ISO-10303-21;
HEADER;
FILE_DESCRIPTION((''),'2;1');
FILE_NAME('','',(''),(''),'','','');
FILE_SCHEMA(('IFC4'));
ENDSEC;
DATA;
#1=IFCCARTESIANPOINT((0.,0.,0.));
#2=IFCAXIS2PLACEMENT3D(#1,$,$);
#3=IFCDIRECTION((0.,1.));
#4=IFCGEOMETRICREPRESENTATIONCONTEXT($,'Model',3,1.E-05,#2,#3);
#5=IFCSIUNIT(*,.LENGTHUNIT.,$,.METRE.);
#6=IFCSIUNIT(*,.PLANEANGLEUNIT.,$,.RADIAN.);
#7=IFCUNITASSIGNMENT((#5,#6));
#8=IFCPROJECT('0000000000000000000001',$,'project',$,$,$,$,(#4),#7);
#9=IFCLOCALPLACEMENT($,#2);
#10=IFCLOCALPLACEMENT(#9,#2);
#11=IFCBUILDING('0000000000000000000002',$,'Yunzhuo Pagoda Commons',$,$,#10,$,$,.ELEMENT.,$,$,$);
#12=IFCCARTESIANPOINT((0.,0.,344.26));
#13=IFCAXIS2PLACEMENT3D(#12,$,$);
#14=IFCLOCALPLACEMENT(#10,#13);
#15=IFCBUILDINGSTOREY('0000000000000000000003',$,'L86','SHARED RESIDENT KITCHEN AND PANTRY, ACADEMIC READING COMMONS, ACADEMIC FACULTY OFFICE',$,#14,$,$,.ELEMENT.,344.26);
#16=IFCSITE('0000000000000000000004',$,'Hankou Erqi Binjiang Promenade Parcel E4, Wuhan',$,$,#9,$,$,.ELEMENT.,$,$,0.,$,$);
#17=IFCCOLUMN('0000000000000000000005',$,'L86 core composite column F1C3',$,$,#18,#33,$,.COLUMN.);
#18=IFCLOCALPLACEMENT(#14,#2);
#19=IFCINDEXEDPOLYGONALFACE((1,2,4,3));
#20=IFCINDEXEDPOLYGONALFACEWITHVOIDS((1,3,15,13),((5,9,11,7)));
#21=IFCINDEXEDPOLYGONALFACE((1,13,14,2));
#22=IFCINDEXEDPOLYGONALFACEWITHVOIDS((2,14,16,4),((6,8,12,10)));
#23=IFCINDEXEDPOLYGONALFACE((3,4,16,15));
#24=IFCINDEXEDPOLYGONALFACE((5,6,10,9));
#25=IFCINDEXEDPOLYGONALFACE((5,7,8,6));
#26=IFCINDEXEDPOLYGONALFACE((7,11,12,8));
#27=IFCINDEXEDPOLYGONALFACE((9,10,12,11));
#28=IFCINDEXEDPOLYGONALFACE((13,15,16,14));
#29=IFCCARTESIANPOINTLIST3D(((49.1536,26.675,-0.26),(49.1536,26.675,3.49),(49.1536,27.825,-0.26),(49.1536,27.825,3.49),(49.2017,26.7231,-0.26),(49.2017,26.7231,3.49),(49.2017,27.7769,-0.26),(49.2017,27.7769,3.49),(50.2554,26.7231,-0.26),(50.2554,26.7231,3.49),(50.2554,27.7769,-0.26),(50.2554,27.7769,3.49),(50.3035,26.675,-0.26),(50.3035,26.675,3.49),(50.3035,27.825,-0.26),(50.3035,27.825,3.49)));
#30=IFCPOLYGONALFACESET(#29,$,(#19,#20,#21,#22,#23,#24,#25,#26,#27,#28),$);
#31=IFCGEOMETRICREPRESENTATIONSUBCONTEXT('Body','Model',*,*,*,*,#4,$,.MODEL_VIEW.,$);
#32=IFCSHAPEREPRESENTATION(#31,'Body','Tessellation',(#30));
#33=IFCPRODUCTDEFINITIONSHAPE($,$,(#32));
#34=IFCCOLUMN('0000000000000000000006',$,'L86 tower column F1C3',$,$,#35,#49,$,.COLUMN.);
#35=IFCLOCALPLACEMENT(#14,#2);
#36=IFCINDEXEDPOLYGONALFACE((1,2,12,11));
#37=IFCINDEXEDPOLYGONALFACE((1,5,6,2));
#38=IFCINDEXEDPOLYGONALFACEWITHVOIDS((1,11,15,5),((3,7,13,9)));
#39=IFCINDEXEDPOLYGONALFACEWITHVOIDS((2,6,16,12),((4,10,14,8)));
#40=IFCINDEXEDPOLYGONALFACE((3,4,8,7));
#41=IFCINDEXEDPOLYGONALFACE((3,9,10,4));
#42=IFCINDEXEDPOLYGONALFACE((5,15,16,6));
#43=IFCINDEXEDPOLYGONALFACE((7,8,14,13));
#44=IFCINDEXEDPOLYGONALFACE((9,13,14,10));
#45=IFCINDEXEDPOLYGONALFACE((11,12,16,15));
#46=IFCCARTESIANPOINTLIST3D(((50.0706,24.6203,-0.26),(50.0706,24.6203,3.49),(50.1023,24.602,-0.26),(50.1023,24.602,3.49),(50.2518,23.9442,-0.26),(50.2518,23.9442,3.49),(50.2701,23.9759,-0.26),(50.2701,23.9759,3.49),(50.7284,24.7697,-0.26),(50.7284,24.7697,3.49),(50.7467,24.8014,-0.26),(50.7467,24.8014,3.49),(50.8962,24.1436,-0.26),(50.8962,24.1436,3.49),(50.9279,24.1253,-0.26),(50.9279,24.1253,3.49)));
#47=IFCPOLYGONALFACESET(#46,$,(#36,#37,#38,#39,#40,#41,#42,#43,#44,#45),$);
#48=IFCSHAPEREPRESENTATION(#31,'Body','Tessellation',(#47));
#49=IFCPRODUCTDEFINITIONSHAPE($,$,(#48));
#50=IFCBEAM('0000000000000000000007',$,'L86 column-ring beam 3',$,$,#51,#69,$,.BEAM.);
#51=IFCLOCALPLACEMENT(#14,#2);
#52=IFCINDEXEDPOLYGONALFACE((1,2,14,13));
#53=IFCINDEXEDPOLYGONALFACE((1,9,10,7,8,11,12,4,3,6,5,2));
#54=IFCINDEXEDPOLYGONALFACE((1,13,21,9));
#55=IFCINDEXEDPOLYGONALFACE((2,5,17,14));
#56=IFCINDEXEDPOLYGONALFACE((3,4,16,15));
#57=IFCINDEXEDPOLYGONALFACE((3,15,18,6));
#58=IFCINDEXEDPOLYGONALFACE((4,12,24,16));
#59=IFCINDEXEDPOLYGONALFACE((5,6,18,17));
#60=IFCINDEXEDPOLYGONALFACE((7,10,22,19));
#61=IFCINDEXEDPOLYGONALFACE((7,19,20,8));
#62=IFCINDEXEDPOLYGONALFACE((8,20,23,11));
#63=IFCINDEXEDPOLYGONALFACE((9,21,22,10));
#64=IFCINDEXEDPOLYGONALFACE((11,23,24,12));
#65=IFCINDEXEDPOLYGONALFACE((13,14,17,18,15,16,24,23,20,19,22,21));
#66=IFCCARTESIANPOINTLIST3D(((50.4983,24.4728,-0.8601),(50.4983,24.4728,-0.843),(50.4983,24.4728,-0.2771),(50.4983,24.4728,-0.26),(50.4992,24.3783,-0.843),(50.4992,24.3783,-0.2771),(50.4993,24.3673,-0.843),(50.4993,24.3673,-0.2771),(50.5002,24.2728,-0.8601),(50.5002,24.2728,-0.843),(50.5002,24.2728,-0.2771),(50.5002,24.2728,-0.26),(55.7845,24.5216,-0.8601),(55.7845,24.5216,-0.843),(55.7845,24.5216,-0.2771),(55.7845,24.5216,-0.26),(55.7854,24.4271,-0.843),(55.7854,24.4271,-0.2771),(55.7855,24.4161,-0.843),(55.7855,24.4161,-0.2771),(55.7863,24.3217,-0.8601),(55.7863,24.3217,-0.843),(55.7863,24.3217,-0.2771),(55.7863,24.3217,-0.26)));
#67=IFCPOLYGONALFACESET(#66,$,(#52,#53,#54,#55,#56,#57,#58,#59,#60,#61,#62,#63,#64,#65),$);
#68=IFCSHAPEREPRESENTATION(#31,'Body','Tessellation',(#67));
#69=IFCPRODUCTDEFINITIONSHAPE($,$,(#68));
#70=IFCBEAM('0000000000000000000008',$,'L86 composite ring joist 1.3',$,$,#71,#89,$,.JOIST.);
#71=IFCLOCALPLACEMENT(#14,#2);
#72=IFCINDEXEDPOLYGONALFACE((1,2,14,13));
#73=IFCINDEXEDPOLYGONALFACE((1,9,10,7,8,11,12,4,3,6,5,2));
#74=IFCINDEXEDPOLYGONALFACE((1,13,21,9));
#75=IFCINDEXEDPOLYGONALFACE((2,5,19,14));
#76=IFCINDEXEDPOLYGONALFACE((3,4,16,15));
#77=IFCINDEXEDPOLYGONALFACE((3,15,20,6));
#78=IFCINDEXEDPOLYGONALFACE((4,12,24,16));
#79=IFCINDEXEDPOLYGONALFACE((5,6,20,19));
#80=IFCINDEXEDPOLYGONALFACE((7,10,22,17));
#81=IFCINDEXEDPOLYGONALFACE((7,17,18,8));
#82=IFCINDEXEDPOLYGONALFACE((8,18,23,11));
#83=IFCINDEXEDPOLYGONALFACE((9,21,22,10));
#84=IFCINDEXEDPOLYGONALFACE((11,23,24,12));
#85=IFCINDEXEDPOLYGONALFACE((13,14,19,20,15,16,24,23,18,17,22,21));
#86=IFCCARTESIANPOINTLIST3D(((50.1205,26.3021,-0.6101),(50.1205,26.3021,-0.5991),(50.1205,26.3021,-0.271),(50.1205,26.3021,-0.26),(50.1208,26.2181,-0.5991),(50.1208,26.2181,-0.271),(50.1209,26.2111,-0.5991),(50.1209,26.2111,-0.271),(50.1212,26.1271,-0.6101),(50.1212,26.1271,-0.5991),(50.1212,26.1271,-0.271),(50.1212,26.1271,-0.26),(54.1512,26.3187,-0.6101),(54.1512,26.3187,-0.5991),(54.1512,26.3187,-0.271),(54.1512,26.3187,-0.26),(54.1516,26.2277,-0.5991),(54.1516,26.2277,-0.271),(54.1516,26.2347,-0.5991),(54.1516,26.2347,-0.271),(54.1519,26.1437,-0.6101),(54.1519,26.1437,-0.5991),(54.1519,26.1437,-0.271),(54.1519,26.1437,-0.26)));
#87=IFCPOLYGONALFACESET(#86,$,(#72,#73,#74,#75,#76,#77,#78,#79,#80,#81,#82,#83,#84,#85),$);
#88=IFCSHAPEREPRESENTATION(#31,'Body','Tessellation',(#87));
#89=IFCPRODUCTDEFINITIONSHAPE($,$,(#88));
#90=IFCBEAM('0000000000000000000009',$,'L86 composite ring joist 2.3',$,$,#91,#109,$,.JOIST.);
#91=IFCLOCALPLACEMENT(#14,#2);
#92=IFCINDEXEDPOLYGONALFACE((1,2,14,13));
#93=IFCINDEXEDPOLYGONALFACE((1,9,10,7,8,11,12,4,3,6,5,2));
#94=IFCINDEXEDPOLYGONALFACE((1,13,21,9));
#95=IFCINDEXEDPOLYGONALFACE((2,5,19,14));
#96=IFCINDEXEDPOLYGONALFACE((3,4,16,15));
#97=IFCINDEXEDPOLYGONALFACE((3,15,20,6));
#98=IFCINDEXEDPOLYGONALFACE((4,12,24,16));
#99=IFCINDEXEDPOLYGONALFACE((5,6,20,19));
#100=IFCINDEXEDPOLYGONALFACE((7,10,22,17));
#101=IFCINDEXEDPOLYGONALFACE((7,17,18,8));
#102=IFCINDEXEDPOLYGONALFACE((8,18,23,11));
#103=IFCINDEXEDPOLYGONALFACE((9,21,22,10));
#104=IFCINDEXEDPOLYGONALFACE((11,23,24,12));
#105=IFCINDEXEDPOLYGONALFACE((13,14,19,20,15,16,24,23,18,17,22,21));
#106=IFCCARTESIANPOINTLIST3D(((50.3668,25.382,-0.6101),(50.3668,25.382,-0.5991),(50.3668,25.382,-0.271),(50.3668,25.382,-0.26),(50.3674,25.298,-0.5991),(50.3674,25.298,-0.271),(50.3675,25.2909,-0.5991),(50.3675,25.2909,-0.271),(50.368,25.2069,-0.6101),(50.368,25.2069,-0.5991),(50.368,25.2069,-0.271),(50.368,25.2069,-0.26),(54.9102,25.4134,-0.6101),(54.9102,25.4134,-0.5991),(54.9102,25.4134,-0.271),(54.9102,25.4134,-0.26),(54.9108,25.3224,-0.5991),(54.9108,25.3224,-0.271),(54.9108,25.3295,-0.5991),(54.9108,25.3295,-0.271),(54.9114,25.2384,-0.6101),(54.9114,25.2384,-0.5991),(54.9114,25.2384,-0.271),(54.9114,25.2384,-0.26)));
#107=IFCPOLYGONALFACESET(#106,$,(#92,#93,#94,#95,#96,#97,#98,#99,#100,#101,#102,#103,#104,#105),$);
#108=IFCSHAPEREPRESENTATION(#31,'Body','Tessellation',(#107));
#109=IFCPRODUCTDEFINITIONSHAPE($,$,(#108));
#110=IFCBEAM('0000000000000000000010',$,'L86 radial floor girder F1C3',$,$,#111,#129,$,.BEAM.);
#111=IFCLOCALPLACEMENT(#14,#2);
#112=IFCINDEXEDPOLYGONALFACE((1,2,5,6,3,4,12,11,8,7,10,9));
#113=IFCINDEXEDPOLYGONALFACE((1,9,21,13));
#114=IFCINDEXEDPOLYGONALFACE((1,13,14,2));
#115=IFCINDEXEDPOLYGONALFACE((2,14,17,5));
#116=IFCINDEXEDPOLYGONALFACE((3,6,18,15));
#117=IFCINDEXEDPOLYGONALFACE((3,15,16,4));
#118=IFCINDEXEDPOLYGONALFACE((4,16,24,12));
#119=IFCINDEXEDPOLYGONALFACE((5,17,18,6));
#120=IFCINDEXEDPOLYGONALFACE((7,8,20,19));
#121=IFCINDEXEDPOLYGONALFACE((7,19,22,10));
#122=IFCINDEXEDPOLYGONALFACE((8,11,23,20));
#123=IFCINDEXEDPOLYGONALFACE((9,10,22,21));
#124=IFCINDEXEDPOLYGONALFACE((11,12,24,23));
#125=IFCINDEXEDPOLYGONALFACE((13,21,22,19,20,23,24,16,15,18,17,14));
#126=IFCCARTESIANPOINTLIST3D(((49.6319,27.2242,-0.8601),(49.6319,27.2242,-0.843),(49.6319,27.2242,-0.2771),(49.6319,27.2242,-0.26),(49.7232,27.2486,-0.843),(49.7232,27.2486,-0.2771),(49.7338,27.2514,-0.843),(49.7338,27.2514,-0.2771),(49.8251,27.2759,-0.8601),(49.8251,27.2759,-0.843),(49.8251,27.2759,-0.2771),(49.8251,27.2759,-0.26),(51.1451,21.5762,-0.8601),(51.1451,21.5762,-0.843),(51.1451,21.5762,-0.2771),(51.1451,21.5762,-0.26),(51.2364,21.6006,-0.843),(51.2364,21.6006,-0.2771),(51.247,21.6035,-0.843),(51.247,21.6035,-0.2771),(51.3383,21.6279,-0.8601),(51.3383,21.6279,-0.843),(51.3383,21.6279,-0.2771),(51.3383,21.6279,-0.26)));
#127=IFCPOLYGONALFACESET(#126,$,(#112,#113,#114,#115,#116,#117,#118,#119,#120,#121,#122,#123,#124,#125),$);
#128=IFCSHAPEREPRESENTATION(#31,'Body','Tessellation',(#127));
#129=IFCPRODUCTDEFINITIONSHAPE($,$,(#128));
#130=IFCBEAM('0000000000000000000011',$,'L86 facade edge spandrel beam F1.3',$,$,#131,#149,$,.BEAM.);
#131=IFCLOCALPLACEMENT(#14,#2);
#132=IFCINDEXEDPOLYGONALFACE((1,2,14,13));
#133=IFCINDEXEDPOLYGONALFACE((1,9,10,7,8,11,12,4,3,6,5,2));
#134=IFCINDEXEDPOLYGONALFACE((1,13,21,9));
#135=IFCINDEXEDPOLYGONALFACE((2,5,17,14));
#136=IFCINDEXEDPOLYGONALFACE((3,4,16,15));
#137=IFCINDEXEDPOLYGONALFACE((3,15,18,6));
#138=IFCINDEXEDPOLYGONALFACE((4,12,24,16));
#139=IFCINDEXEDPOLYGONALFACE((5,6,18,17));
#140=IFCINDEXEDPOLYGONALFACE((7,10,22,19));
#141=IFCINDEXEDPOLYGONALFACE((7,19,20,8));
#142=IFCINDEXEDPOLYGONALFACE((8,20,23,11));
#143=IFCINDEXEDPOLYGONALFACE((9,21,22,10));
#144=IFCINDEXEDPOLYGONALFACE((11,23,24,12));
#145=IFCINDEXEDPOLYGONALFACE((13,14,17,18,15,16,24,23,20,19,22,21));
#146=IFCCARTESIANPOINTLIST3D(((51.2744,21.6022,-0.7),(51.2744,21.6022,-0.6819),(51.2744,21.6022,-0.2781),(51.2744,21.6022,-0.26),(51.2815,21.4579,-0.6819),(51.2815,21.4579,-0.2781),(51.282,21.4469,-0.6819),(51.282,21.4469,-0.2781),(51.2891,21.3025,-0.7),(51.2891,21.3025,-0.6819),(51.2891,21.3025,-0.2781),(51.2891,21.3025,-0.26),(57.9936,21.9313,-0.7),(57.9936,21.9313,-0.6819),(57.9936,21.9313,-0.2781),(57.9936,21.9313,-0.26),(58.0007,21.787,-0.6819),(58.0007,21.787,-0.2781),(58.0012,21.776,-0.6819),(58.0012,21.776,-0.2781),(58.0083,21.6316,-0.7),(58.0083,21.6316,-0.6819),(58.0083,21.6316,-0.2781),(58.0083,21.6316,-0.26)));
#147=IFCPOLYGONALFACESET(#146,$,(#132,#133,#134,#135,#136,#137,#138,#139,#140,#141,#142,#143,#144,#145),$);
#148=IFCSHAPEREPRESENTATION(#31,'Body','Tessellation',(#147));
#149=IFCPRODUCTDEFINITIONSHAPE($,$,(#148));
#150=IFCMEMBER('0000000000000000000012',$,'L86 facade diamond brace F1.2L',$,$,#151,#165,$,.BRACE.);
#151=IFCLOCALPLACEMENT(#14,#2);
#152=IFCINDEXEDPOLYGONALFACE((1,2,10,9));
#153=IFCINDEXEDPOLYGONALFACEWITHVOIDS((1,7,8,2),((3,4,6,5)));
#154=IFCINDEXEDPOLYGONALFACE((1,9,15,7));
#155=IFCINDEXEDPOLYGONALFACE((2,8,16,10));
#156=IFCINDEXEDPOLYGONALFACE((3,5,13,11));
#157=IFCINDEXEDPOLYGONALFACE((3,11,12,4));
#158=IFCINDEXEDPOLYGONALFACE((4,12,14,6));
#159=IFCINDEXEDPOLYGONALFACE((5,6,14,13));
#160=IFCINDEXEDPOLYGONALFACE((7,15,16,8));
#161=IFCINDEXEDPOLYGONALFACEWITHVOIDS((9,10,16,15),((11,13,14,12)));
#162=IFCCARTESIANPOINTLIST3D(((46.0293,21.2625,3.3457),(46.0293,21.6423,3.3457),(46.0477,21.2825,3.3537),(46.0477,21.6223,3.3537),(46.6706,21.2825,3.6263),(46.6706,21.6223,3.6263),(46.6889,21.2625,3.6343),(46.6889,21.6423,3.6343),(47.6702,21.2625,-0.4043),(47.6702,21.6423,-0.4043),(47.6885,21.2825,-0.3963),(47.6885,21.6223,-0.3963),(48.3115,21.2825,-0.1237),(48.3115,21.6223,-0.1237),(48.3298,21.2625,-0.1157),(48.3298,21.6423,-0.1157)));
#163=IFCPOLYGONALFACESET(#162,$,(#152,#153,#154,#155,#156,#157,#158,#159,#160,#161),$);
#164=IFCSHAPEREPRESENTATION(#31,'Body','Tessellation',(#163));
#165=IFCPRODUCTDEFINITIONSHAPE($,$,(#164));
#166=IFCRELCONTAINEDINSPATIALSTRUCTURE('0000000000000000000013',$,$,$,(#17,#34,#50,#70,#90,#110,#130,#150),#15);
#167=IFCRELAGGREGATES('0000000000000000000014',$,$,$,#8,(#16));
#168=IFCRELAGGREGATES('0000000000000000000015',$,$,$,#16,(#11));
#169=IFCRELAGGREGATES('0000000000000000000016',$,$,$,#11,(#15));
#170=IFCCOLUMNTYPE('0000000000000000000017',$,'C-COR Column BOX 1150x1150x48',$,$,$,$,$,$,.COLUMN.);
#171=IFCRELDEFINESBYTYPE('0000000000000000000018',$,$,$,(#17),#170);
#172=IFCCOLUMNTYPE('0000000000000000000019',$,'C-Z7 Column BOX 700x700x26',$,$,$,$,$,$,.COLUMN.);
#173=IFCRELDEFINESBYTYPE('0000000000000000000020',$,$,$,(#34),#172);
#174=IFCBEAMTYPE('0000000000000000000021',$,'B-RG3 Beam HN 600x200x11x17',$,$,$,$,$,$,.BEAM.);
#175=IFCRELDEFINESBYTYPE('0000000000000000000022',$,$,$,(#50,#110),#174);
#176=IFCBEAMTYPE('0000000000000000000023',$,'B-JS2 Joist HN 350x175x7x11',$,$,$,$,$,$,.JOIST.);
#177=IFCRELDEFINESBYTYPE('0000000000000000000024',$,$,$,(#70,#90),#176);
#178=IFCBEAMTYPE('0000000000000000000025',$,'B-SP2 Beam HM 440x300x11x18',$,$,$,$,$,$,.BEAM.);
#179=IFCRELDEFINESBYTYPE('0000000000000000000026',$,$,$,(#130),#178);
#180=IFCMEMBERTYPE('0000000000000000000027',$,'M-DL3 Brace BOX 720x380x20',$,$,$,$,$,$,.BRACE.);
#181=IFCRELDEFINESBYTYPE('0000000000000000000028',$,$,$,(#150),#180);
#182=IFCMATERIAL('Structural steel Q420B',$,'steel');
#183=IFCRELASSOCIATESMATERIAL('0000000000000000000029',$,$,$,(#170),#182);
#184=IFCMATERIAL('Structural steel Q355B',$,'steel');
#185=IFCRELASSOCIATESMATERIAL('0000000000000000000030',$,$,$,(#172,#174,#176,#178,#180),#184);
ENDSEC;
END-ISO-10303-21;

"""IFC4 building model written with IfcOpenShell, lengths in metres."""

from ifc_helpers import new_model, si_unit, direction, frame, origin, origin_2d, place, context, subcontext, project, spatial, hollow_rectangle, i_section, extrude, source, transform, mapped, material, material_profile, profile_set, type_object, element, save


model = new_model("IFC4")

# Units and contexts
model_context = context("Model", 3, precision=1e-05, world=origin(), true_north=direction((0.0, 1.0)))
body_context = subcontext(model_context, "Body", "Model", "MODEL_VIEW")
ifc_project = project(units=[si_unit("LENGTHUNIT", "METRE"), si_unit("PLANEANGLEUNIT", "RADIAN")], contexts=[model_context])

# Site, building, storey
site_placement = place(None, origin())
site = spatial("IfcSite", under=ifc_project, at=site_placement, Name="Hankou Erqi Binjiang Promenade Parcel E4, Wuhan", CompositionType="ELEMENT", RefElevation=0.0)
building_placement = place(site_placement, origin())
building = spatial("IfcBuilding", under=site, at=building_placement, Name="Yunzhuo Pagoda Commons", CompositionType="ELEMENT")
storey_placement = place(building_placement, frame((0.0, 0.0, 344.26)))
storey = spatial("IfcBuildingStorey", under=building, at=storey_placement, Name="L86", Description="SHARED RESIDENT KITCHEN AND PANTRY, ACADEMIC READING COMMONS, ACADEMIC FACULTY OFFICE", CompositionType="ELEMENT", Elevation=344.26)

# Columns
ifc_material_1 = material(Name="Structural steel Q420B", Category="steel")
ifc_material_profile_1 = material_profile(ifc_material_1, hollow_rectangle(XDim=1.1499, YDim=1.1499, WallThickness=0.0481, at=origin_2d()), Name="Structural steel Q420B")
ifc_profile_set_1 = profile_set([ifc_material_profile_1], Name="Structural steel Q420B")
column_type_1 = type_object("IfcColumnType", Name="C-COR Column BOX 1150x1150x48", PredefinedType="COLUMN", material=ifc_profile_set_1)
shared_shape_1 = source(origin(), body_context, "Body", "SweptSolid", [
    extrude(hollow_rectangle(XDim=1.1499, YDim=1.1499, WallThickness=0.0481, at=origin_2d()), origin(), (0.0, 0.0, 1.0), 3.75),
])
column_1_placement = place(storey_placement, frame((49.7285, 27.25, -0.26), z_axis=(0.0, 0.0, 1.0), x_axis=(1.0, 0.0, 0.0)))
element("IfcColumn", 1, at=column_1_placement, inside=storey, type_object=column_type_1, Name="L86 core composite column F1C3", PredefinedType="COLUMN", context=body_context, shape_type="MappedRepresentation", body=[
    mapped(shared_shape_1, transform((0.0, 0.0, 0.0), scale=1.0)),
])
ifc_material_2 = material(Name="Structural steel Q355B", Category="steel")
ifc_material_profile_2 = material_profile(ifc_material_2, hollow_rectangle(XDim=0.7, YDim=0.7, WallThickness=0.0259, at=origin_2d()), Name="Structural steel Q355B")
ifc_profile_set_2 = profile_set([ifc_material_profile_2], Name="Structural steel Q355B")
column_type_2 = type_object("IfcColumnType", Name="C-Z7 Column BOX 700x700x26", PredefinedType="COLUMN", material=ifc_profile_set_2)
shared_shape_2 = source(origin(), body_context, "Body", "SweptSolid", [
    extrude(hollow_rectangle(XDim=0.7, YDim=0.7, WallThickness=0.0259, at=origin_2d()), origin(), (0.0, 0.0, 1.0), 3.75),
])
column_2_placement = place(storey_placement, frame((50.4993, 24.3728, -0.26), z_axis=(0.0, 0.0, 1.0), x_axis=(0.965926, 0.258819, 0.0)))
element("IfcColumn", 2, at=column_2_placement, inside=storey, type_object=column_type_2, Name="L86 tower column F1C3", PredefinedType="COLUMN", context=body_context, shape_type="MappedRepresentation", body=[
    mapped(shared_shape_2, transform((0.0, 0.0, 0.0), scale=1.0)),
])

# Beams
ifc_material_profile_3 = material_profile(ifc_material_2, i_section(OverallWidth=0.2, OverallDepth=0.6001, WebThickness=0.011, FlangeThickness=0.0171, at=origin_2d()), Name="Structural steel Q355B")
ifc_profile_set_3 = profile_set([ifc_material_profile_3], Name="Structural steel Q355B")
beam_type_1 = type_object("IfcBeamType", Name="B-RG3 Beam HN 600x200x11x17", PredefinedType="BEAM", material=ifc_profile_set_3)
shared_shape_3 = source(origin(), body_context, "Body", "SweptSolid", [
    extrude(i_section(OverallWidth=0.2, OverallDepth=0.6001, WebThickness=0.011, FlangeThickness=0.0171, at=origin_2d()), origin(), (0.0, 0.0, 1.0), 5.2864),
])
beam_1_placement = place(storey_placement, frame((50.4993, 24.3728, -0.5601), z_axis=(0.999957, 0.009237, 0.0), x_axis=(-0.009237, 0.999957, 0.0)))
element("IfcBeam", 3, at=beam_1_placement, inside=storey, type_object=beam_type_1, Name="L86 column-ring beam 3", PredefinedType="BEAM", context=body_context, shape_type="MappedRepresentation", body=[
    mapped(shared_shape_3, transform((0.0, 0.0, 0.0), scale=1.0)),
])
ifc_material_profile_4 = material_profile(ifc_material_2, i_section(OverallWidth=0.175, OverallDepth=0.3501, WebThickness=0.0071, FlangeThickness=0.011, at=origin_2d()), Name="Structural steel Q355B")
ifc_profile_set_4 = profile_set([ifc_material_profile_4], Name="Structural steel Q355B")
beam_type_2 = type_object("IfcBeamType", Name="B-JS2 Joist HN 350x175x7x11", PredefinedType="JOIST", material=ifc_profile_set_4)
shared_shape_4 = source(origin(), body_context, "Body", "SweptSolid", [
    extrude(i_section(OverallWidth=0.175, OverallDepth=0.3501, WebThickness=0.0071, FlangeThickness=0.011, at=origin_2d()), origin(), (0.0, 0.0, 1.0), 4.0308),
])
beam_2_placement = place(storey_placement, frame((50.1208, 26.2146, -0.4351), z_axis=(0.999992, 0.004119, 0.0), x_axis=(-0.004119, 0.999992, 0.0)))
element("IfcBeam", 4, at=beam_2_placement, inside=storey, type_object=beam_type_2, Name="L86 composite ring joist 1.3", PredefinedType="JOIST", context=body_context, shape_type="MappedRepresentation", body=[
    mapped(shared_shape_4, transform((0.0, 0.0, 0.0), scale=1.0)),
])
shared_shape_5 = source(origin(), body_context, "Body", "SweptSolid", [
    extrude(i_section(OverallWidth=0.175, OverallDepth=0.3501, WebThickness=0.0071, FlangeThickness=0.011, at=origin_2d()), origin(), (0.0, 0.0, 1.0), 4.5435),
])
beam_3_placement = place(storey_placement, frame((50.3674, 25.2944, -0.4351), z_axis=(0.999976, 0.006932, 0.0), x_axis=(-0.006932, 0.999976, 0.0)))
element("IfcBeam", 5, at=beam_3_placement, inside=storey, type_object=beam_type_2, Name="L86 composite ring joist 2.3", PredefinedType="JOIST", context=body_context, shape_type="MappedRepresentation", body=[
    mapped(shared_shape_5, transform((0.0, 0.0, 0.0), scale=1.0)),
])
shared_shape_6 = source(origin(), body_context, "Body", "SweptSolid", [
    extrude(i_section(OverallWidth=0.2, OverallDepth=0.6001, WebThickness=0.011, FlangeThickness=0.0171, at=origin_2d()), origin(), (0.0, 0.0, 1.0), 5.8472),
])
beam_4_placement = place(storey_placement, frame((51.2417, 21.6021, -0.5601), z_axis=(-0.25879, 0.965934, 0.0), x_axis=(-0.965934, -0.25879, 0.0)))
element("IfcBeam", 6, at=beam_4_placement, inside=storey, type_object=beam_type_1, Name="L86 radial floor girder F1C3", PredefinedType="BEAM", context=body_context, shape_type="MappedRepresentation", body=[
    mapped(shared_shape_6, transform((0.0, 0.0, 0.0), scale=1.0)),
])
ifc_material_profile_5 = material_profile(ifc_material_2, i_section(OverallWidth=0.3, OverallDepth=0.4399, WebThickness=0.011, FlangeThickness=0.0181, at=origin_2d()), Name="Structural steel Q355B")
ifc_profile_set_5 = profile_set([ifc_material_profile_5], Name="Structural steel Q355B")
beam_type_3 = type_object("IfcBeamType", Name="B-SP2 Beam HM 440x300x11x18", PredefinedType="BEAM", material=ifc_profile_set_5)
shared_shape_7 = source(origin(), body_context, "Body", "SweptSolid", [
    extrude(i_section(OverallWidth=0.3, OverallDepth=0.4399, WebThickness=0.011, FlangeThickness=0.0181, at=origin_2d()), origin(), (0.0, 0.0, 1.0), 6.7273),
])
beam_5_placement = place(storey_placement, frame((51.2817, 21.4524, -0.48), z_axis=(0.998803, 0.04892, 0.0), x_axis=(-0.04892, 0.998803, 0.0)))
element("IfcBeam", 7, at=beam_5_placement, inside=storey, type_object=beam_type_3, Name="L86 facade edge spandrel beam F1.3", PredefinedType="BEAM", context=body_context, shape_type="MappedRepresentation", body=[
    mapped(shared_shape_7, transform((0.0, 0.0, 0.0), scale=1.0)),
])

# Member
ifc_material_profile_6 = material_profile(ifc_material_2, hollow_rectangle(XDim=0.3799, YDim=0.72, WallThickness=0.02, at=origin_2d()), Name="Structural steel Q355B")
ifc_profile_set_6 = profile_set([ifc_material_profile_6], Name="Structural steel Q355B")
member_type_1 = type_object("IfcMemberType", Name="M-DL3 Brace BOX 720x380x20", PredefinedType="BRACE", material=ifc_profile_set_6)
shared_shape_8 = source(origin(), body_context, "Body", "SweptSolid", [
    extrude(hollow_rectangle(XDim=0.3799, YDim=0.72, WallThickness=0.02, at=origin_2d()), origin(), (0.0, 0.0, 1.0), 4.0933),
])
for number, where, z_axis, x_axis, name in (
    (8, (48.0, 21.4524, -0.26), (-0.400869, 0.0, 0.916135), (0.0, -1.0, 0.0), "L86 facade diamond brace F1.2L"),
):
    element("IfcMember", number, at=place(storey_placement, frame(where, z_axis=z_axis, x_axis=x_axis)), inside=storey, type_object=member_type_1, Name=name, PredefinedType="BRACE", context=body_context, shape_type="MappedRepresentation", body=[
        mapped(shared_shape_8, transform((0.0, 0.0, 0.0), scale=1.0)),
    ])

save(model, "model.ifc")
